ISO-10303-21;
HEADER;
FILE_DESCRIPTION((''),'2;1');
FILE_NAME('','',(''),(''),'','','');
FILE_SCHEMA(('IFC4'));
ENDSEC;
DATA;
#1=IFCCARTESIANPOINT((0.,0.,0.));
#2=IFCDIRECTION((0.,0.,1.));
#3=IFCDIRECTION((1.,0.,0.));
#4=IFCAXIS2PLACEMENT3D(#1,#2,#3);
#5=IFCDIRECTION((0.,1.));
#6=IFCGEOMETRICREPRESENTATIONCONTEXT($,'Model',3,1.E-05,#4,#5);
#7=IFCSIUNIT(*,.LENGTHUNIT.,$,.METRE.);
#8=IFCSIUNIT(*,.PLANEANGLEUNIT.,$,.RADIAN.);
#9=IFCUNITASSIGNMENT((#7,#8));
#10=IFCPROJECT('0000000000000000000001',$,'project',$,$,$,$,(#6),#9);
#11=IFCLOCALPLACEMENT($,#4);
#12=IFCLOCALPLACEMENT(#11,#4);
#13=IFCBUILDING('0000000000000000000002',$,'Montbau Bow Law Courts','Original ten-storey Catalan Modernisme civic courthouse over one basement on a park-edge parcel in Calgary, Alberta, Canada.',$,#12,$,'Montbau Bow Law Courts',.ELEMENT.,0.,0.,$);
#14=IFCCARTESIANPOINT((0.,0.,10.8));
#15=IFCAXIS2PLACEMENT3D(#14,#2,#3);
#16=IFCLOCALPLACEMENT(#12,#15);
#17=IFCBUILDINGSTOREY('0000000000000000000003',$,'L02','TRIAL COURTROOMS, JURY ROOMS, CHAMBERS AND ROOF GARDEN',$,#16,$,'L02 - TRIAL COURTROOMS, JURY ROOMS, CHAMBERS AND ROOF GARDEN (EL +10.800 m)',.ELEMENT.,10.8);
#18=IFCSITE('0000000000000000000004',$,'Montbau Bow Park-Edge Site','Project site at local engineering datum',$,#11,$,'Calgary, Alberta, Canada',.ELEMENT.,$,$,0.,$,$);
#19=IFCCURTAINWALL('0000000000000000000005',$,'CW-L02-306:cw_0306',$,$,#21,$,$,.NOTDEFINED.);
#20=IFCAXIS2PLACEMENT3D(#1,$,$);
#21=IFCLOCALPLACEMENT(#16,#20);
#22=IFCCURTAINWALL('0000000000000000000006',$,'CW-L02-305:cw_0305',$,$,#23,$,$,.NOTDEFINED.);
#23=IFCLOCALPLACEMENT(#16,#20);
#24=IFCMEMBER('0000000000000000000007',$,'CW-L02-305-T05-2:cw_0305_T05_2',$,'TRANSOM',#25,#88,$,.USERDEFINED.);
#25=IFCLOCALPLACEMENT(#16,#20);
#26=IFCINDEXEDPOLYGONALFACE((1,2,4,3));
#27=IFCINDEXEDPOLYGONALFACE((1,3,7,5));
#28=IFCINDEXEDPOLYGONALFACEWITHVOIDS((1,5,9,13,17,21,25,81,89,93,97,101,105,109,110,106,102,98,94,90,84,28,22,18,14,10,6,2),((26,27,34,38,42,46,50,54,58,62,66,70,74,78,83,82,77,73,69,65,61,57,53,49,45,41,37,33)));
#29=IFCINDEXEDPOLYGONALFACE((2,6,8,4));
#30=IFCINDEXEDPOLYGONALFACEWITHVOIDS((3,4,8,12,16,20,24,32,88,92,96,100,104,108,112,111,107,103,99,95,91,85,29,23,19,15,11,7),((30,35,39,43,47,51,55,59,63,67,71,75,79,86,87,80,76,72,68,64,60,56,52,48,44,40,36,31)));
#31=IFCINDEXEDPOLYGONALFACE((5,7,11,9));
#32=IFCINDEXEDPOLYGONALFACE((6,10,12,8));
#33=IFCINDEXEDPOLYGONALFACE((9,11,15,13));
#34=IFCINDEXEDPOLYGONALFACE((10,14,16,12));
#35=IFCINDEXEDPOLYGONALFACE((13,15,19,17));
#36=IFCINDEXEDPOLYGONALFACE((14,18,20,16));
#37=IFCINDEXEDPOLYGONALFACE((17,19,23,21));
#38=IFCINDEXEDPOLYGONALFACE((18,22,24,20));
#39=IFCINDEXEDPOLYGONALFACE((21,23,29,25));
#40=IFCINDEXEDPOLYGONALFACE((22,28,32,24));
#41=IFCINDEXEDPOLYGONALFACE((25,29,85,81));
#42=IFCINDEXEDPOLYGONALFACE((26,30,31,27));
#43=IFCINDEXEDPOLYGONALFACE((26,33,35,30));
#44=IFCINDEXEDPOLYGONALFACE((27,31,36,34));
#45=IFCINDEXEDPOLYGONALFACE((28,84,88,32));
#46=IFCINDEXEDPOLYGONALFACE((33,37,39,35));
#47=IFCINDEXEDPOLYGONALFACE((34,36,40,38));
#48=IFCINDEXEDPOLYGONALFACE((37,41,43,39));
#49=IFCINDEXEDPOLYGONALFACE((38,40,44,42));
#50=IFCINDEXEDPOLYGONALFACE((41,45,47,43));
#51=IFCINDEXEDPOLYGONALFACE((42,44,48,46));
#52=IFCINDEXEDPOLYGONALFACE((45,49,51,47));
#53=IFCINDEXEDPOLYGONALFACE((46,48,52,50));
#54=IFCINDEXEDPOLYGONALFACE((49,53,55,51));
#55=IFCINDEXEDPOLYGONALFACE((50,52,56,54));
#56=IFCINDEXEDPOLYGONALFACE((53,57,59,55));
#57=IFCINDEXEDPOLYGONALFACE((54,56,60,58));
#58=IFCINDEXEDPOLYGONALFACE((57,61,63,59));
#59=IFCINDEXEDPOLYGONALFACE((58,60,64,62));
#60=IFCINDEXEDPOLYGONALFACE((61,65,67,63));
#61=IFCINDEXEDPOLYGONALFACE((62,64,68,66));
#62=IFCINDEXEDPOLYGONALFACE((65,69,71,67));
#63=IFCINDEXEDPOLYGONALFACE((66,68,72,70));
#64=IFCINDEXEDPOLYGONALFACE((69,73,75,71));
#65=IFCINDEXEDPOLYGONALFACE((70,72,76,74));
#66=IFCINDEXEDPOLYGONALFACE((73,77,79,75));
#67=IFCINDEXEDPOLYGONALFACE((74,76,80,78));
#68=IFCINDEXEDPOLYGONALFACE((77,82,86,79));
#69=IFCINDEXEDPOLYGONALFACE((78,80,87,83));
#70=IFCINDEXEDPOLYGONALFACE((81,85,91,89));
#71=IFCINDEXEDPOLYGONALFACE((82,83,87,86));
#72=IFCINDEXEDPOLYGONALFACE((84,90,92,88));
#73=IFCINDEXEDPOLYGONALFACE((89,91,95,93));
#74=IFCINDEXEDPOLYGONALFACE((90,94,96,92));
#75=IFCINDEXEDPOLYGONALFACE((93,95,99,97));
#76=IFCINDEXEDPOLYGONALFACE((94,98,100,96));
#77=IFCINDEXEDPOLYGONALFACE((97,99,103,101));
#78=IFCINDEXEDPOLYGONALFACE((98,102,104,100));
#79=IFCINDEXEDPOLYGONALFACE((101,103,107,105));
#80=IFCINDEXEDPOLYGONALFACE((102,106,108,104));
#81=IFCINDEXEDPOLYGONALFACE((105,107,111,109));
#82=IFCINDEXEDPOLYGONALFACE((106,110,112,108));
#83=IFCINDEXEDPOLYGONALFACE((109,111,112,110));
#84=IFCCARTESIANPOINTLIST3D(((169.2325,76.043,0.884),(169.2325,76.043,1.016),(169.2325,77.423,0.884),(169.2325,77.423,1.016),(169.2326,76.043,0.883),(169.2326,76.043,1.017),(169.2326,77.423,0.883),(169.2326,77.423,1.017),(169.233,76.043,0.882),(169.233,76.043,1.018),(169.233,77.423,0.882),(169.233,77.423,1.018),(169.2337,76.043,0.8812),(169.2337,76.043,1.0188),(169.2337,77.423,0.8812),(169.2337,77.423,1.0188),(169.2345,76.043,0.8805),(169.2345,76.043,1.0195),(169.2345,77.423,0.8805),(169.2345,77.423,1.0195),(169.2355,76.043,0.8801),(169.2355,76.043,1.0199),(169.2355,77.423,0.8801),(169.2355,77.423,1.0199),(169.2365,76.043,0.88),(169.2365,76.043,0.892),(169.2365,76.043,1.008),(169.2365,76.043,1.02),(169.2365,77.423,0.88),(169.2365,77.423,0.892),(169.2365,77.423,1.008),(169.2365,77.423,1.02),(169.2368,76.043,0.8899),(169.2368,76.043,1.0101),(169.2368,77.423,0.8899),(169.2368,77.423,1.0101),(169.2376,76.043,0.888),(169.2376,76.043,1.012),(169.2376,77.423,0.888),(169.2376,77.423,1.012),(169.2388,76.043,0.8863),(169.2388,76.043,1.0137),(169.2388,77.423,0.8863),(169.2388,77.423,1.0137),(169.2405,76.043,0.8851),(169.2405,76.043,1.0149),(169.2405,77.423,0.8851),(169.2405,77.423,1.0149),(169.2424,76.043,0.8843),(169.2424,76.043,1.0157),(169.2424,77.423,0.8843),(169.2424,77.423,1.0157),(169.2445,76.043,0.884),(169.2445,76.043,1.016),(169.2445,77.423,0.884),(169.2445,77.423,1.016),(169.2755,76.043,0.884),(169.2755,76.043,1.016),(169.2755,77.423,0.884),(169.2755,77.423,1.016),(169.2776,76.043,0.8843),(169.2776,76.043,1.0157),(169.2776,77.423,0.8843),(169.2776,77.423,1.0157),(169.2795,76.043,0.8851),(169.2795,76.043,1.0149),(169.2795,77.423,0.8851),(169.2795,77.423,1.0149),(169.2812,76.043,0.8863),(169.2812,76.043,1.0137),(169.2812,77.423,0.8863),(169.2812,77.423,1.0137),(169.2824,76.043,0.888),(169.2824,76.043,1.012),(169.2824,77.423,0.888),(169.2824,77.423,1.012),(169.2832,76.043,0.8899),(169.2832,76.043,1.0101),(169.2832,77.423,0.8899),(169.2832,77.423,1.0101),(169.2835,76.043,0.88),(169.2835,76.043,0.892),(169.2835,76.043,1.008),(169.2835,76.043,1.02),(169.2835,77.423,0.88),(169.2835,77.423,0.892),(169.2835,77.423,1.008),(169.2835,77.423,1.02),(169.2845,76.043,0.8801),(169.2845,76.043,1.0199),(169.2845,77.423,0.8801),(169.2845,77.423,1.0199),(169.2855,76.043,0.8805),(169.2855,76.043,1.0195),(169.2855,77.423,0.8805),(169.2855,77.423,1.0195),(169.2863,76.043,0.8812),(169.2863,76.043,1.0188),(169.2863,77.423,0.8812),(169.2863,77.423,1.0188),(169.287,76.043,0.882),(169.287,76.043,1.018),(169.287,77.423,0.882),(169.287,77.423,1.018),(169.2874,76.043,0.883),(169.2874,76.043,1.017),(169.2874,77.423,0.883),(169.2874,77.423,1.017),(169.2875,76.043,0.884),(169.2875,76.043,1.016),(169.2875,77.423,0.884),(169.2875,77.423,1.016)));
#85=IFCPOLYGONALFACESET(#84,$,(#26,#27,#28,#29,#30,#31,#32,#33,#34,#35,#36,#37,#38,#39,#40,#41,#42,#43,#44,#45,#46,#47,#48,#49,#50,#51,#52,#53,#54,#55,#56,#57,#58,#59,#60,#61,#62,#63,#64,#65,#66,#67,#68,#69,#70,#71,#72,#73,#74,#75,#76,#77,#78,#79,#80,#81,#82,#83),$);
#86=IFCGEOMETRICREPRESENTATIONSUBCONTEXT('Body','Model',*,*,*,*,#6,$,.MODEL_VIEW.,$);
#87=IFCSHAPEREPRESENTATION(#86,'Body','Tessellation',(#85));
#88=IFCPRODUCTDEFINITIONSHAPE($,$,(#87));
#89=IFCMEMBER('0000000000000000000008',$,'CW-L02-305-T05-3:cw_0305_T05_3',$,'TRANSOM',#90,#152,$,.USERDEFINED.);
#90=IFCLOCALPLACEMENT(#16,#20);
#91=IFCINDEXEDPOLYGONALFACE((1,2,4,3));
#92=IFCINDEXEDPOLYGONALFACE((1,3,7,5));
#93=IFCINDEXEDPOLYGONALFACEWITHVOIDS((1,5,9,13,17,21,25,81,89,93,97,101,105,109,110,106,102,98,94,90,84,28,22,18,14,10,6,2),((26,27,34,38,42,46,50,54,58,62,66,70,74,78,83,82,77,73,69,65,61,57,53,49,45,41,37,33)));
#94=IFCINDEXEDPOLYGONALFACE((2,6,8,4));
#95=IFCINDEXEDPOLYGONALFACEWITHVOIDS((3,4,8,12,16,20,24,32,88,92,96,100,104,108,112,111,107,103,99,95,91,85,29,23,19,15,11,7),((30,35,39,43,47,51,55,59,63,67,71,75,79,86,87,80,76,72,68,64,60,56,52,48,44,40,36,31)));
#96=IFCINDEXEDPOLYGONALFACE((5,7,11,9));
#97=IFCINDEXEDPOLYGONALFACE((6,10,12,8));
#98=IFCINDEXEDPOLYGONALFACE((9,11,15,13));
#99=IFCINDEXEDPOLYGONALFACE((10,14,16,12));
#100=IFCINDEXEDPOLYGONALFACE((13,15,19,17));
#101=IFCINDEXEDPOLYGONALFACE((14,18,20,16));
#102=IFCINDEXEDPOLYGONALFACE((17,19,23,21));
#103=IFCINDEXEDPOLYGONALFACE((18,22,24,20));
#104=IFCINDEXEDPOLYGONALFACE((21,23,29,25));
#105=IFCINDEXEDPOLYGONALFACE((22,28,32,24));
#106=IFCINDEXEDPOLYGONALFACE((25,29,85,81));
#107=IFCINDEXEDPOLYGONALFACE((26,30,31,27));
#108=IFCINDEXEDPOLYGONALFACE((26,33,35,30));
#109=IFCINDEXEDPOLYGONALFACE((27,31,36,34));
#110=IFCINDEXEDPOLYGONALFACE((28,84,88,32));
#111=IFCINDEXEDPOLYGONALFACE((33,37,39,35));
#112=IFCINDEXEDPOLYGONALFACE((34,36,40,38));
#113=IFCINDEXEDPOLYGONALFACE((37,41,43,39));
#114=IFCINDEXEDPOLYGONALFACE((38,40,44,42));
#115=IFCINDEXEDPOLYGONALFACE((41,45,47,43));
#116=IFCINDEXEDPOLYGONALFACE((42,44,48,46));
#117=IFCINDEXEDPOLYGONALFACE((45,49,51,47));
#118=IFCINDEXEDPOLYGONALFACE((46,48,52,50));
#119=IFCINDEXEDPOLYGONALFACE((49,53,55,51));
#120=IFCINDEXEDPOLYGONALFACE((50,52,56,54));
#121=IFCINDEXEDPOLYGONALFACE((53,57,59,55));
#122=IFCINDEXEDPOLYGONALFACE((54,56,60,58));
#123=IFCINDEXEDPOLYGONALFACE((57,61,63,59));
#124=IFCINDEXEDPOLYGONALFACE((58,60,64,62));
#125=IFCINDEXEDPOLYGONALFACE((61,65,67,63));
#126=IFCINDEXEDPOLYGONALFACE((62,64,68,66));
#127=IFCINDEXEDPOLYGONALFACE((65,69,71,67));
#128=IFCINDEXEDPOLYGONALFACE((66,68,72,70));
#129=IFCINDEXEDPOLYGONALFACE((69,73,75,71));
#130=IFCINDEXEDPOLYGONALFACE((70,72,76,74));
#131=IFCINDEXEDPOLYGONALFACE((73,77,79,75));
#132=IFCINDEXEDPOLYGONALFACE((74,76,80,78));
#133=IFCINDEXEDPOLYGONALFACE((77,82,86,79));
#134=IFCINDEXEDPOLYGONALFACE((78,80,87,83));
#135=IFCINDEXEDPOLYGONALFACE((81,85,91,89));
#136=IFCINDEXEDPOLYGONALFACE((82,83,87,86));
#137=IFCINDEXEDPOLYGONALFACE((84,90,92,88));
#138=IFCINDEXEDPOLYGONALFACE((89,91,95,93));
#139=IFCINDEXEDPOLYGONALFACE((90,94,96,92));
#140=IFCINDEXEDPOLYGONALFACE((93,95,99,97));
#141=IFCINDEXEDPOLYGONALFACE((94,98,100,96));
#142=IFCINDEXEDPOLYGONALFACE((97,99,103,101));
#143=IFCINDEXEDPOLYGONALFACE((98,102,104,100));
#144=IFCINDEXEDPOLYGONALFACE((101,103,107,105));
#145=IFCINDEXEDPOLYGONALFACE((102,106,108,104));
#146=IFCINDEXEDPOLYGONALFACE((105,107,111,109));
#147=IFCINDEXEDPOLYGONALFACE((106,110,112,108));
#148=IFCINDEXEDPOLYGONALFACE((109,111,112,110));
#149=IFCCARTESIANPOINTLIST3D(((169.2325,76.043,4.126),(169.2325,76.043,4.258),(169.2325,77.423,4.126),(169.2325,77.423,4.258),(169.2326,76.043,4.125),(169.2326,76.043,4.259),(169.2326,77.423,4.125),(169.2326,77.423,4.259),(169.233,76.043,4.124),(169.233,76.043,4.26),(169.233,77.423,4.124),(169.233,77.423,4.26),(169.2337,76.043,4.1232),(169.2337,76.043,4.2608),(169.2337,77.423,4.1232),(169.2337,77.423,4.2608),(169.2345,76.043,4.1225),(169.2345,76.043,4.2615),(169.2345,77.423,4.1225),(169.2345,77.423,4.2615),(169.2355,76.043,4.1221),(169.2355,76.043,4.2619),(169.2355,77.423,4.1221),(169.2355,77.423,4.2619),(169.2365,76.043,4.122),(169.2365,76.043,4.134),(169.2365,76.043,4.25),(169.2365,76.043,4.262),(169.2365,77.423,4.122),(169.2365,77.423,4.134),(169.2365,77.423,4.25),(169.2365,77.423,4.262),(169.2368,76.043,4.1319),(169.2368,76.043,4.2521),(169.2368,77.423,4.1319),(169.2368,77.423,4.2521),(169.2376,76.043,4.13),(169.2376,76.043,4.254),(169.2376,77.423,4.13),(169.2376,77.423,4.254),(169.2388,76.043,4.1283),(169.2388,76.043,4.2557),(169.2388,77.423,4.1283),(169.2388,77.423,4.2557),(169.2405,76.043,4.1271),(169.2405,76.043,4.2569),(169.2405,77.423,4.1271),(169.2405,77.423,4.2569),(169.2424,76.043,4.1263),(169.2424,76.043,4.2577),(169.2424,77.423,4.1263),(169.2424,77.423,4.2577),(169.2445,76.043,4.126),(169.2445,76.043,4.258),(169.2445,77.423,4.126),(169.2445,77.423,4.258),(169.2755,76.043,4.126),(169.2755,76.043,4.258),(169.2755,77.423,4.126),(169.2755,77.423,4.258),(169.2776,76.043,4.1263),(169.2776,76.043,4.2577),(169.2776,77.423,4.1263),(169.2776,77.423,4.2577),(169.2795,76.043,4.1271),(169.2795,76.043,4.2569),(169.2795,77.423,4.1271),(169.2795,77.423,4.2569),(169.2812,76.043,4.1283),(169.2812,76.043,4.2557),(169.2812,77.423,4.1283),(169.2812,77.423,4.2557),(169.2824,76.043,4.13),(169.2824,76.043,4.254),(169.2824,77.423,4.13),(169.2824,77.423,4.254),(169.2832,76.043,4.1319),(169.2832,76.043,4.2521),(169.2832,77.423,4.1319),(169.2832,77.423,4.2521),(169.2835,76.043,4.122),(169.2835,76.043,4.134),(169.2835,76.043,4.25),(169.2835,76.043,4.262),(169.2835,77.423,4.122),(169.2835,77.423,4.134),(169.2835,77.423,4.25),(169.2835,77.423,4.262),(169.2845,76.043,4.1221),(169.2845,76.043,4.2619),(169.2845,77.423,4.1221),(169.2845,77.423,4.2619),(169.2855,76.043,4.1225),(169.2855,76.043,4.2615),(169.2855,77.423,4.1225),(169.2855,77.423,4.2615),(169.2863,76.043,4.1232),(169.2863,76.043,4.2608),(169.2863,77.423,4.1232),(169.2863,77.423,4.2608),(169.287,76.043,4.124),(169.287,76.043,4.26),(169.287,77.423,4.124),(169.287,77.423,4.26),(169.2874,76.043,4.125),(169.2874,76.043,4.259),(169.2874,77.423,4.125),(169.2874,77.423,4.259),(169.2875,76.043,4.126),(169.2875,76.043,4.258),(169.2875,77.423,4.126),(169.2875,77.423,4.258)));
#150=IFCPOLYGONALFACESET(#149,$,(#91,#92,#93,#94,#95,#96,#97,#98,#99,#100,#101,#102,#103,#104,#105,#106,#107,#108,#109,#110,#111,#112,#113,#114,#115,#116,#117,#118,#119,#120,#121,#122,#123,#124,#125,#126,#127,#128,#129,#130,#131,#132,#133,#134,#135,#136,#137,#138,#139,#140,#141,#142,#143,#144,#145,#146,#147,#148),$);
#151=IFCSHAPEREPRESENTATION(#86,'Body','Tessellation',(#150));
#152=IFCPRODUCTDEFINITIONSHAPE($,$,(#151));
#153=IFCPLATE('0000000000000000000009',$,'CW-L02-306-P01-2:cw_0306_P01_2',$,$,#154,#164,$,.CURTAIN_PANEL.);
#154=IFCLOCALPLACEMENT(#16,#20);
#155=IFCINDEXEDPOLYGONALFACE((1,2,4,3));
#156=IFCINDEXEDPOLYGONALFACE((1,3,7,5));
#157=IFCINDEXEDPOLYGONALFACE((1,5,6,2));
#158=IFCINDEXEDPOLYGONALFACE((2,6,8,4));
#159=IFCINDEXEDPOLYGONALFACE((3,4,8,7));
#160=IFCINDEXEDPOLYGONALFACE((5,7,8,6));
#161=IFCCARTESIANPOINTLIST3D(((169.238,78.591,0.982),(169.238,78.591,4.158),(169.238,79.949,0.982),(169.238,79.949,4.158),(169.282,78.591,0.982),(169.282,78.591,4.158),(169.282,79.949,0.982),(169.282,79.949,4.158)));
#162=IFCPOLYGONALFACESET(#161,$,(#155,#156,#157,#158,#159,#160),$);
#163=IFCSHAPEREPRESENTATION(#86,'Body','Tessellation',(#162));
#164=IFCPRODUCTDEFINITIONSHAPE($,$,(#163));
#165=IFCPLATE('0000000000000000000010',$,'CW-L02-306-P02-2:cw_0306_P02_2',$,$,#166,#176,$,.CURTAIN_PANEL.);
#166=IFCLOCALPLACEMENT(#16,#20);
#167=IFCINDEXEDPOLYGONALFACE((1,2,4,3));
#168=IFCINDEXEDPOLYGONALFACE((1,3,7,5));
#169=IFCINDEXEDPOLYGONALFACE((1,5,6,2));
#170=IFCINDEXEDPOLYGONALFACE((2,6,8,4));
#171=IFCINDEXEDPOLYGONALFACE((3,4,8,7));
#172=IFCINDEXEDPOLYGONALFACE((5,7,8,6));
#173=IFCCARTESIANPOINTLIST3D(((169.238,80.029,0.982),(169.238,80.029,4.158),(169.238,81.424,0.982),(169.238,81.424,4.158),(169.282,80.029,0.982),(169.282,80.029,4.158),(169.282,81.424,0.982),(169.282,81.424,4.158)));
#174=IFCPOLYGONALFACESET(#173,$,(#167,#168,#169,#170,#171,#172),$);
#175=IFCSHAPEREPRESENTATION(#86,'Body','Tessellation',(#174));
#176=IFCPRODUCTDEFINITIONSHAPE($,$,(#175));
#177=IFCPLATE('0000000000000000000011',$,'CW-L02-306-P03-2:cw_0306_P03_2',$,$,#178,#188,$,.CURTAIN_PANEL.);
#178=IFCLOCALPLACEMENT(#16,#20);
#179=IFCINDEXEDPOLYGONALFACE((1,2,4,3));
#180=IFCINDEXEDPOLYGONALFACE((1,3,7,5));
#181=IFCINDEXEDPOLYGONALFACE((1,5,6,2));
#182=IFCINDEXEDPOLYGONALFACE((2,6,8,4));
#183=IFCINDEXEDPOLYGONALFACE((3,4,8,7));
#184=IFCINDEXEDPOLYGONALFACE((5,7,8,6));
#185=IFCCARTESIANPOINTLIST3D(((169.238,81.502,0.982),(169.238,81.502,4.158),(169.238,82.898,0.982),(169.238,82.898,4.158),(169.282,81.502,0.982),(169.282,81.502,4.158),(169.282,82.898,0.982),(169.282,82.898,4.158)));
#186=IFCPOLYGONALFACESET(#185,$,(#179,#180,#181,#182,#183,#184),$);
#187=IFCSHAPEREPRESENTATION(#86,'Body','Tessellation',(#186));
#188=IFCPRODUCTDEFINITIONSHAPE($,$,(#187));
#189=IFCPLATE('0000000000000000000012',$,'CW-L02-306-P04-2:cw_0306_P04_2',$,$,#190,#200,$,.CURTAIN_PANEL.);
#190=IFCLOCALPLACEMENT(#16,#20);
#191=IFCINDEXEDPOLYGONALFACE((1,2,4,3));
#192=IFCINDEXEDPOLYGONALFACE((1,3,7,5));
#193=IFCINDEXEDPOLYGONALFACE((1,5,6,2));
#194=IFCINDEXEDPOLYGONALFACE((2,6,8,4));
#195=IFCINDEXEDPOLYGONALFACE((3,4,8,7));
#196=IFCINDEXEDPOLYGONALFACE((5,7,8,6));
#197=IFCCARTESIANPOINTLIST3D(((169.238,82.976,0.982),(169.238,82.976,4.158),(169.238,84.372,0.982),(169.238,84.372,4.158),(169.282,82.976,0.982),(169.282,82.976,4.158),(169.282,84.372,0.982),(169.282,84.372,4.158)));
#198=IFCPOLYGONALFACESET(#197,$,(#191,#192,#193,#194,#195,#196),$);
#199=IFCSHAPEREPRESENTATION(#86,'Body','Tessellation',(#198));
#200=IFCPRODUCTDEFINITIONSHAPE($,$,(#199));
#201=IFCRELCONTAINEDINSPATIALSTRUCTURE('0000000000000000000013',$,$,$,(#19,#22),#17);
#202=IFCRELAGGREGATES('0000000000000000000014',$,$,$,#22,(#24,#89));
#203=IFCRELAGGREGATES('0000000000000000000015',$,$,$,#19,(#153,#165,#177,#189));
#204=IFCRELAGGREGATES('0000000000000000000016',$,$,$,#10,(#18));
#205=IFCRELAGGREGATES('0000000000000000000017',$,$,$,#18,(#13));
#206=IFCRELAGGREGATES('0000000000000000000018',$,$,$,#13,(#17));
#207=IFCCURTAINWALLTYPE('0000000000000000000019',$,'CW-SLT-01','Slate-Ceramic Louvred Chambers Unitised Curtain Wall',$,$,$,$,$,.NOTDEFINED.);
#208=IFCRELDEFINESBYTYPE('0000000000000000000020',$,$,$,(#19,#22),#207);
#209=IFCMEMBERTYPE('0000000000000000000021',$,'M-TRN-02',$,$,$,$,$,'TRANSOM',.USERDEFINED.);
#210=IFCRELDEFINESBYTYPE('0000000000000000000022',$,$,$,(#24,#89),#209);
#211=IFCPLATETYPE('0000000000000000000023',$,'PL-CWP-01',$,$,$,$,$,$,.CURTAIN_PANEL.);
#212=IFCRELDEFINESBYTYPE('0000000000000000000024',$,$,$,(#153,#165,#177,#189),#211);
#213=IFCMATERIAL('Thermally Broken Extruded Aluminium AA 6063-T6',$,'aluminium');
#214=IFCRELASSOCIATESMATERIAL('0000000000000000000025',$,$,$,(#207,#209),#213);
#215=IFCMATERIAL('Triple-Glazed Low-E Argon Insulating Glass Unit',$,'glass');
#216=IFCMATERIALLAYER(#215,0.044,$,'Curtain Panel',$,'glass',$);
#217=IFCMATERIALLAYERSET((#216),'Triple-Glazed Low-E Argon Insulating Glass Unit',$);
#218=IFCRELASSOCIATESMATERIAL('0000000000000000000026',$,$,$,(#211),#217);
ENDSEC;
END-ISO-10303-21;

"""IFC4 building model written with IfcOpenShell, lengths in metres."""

from ifc_helpers import new_model, si_unit, direction, frame, frame_2d, origin_with_axes, origin_2d_with_axis, place, context, subcontext, project, spatial, rectangle, hollow_rectangle, extrude, material, layer, layer_set, material_profile, profile_set, type_object, element, aggregate, save


model = new_model("IFC4")

# Units and contexts
model_context = context("Model", 3, precision=1e-05, world=origin_with_axes(), true_north=direction((0.0, 1.0)))
body_context = subcontext(model_context, "Body", "Model", "MODEL_VIEW")
ifc_project = project(units=[si_unit("LENGTHUNIT", "METRE"), si_unit("PLANEANGLEUNIT", "RADIAN")], contexts=[model_context])

# Site, building, storey
site_placement = place(None, origin_with_axes())
site = spatial("IfcSite", under=ifc_project, at=site_placement, Name="Montbau Bow Park-Edge Site", Description="Project site at local engineering datum", LongName="Calgary, Alberta, Canada", CompositionType="ELEMENT", RefElevation=0.0)
building_placement = place(site_placement, origin_with_axes())
building = spatial("IfcBuilding", under=site, at=building_placement, Name="Montbau Bow Law Courts", Description="Original ten-storey Catalan Modernisme civic courthouse over one basement on a park-edge parcel in Calgary, Alberta, Canada.", LongName="Montbau Bow Law Courts", CompositionType="ELEMENT", ElevationOfRefHeight=0.0, ElevationOfTerrain=0.0)
storey_placement = place(building_placement, frame((0.0, 0.0, 10.8), z_axis=(0.0, 0.0, 1.0), x_axis=(1.0, 0.0, 0.0)))
storey = spatial("IfcBuildingStorey", under=building, at=storey_placement, Name="L02", Description="TRIAL COURTROOMS, JURY ROOMS, CHAMBERS AND ROOF GARDEN", LongName="L02 - TRIAL COURTROOMS, JURY ROOMS, CHAMBERS AND ROOF GARDEN (EL +10.800 m)", CompositionType="ELEMENT", Elevation=10.8)

# Curtain wall
ifc_material_1 = material(Name="Thermally Broken Extruded Aluminium AA 6063-T6", Category="aluminium")
curtain_wall_type = type_object("IfcCurtainWallType", Name="CW-SLT-01", Description="Slate-Ceramic Louvred Chambers Unitised Curtain Wall", PredefinedType="NOTDEFINED", material=ifc_material_1)
curtain_wall_1_placement = place(None, frame((169.26, 78.515, 10.8), z_axis=(0.0, 0.0, 1.0), x_axis=(1.0, 0.0, 0.0)))
curtain_wall_1 = element("IfcCurtainWall", 1, at=curtain_wall_1_placement, inside=storey, type_object=curtain_wall_type, Name="CW-L02-306:cw_0306", PredefinedType="NOTDEFINED")

# Curtain wall
curtain_wall_2_placement = place(None, frame((169.26, 70.115, 10.8), z_axis=(0.0, 0.0, 1.0), x_axis=(1.0, 0.0, 0.0)))
curtain_wall_2 = element("IfcCurtainWall", 2, at=curtain_wall_2_placement, inside=storey, type_object=curtain_wall_type, Name="CW-L02-305:cw_0305", PredefinedType="NOTDEFINED")

# Members
ifc_material_profile_1 = material_profile(ifc_material_1, hollow_rectangle(XDim=0.055, YDim=0.14, WallThickness=0.004, InnerFilletRadius=0.008, OuterFilletRadius=0.004, at=origin_2d_with_axis()), Name="CWT-140X55", Category="Main", Priority=0)
ifc_profile_set_1 = profile_set([ifc_material_profile_1], Name="Thermally Broken Extruded Aluminium AA 6063-T6")
member_type_1 = type_object("IfcMemberType", Name="M-TRN-02", ElementType="TRANSOM", PredefinedType="USERDEFINED", material=ifc_profile_set_1)
member_1_placement = place(None, frame((169.26, 76.043, 11.75), z_axis=(0.0, 1.0, 0.0), x_axis=(-1.0, 0.0, 0.0)))
member_1 = element("IfcMember", 3, at=member_1_placement, type_object=member_type_1, Name="CW-L02-305-T05-2:cw_0305_T05_2", ObjectType="TRANSOM", PredefinedType="USERDEFINED", context=body_context, shape_type="SweptSolid", body=[
    extrude(hollow_rectangle(XDim=0.055, YDim=0.14, WallThickness=0.004, InnerFilletRadius=0.008, OuterFilletRadius=0.004, at=origin_2d_with_axis()), origin_with_axes(), (0.0, 0.0, 1.0), 1.38),
])
member_2_placement = place(None, frame((169.26, 76.043, 14.992), z_axis=(0.0, 1.0, 0.0), x_axis=(-1.0, 0.0, 0.0)))
member_2 = element("IfcMember", 4, at=member_2_placement, type_object=member_type_1, Name="CW-L02-305-T05-3:cw_0305_T05_3", ObjectType="TRANSOM", PredefinedType="USERDEFINED", context=body_context, shape_type="SweptSolid", body=[
    extrude(hollow_rectangle(XDim=0.055, YDim=0.14, WallThickness=0.004, InnerFilletRadius=0.008, OuterFilletRadius=0.004, at=origin_2d_with_axis()), origin_with_axes(), (0.0, 0.0, 1.0), 1.38),
])
aggregate(curtain_wall_2, [member_1, member_2])

# Plates
ifc_material_2 = material(Name="Triple-Glazed Low-E Argon Insulating Glass Unit", Category="glass")
ifc_layer_1 = layer(ifc_material_2, 0.044, Name="Curtain Panel", Category="glass")
ifc_layer_set_1 = layer_set([ifc_layer_1], Name="Triple-Glazed Low-E Argon Insulating Glass Unit")
plate_type_1 = type_object("IfcPlateType", Name="PL-CWP-01", PredefinedType="CURTAIN_PANEL", material=ifc_layer_set_1)
plate_1_placement = place(None, frame((169.26, 78.591, 11.782), z_axis=(1.0, 0.0, 0.0), x_axis=(0.0, 1.0, 0.0)))
plate_1 = element("IfcPlate", 5, at=plate_1_placement, type_object=plate_type_1, Name="CW-L02-306-P01-2:cw_0306_P01_2", PredefinedType="CURTAIN_PANEL", context=body_context, shape_type="SweptSolid", body=[
    extrude(rectangle(XDim=1.358, YDim=3.176, at=frame_2d((0.679, 1.588), x_axis=(1.0, 0.0))), frame((0.0, 0.0, -0.022), z_axis=(0.0, 0.0, 1.0), x_axis=(1.0, 0.0, 0.0)), (0.0, 0.0, 1.0), 0.044),
])
plate_2_placement = place(None, frame((169.26, 80.029, 11.782), z_axis=(1.0, 0.0, 0.0), x_axis=(0.0, 1.0, 0.0)))
plate_2 = element("IfcPlate", 6, at=plate_2_placement, type_object=plate_type_1, Name="CW-L02-306-P02-2:cw_0306_P02_2", PredefinedType="CURTAIN_PANEL", context=body_context, shape_type="SweptSolid", body=[
    extrude(rectangle(XDim=1.395, YDim=3.176, at=frame_2d((0.6975, 1.588), x_axis=(1.0, 0.0))), frame((0.0, 0.0, -0.022), z_axis=(0.0, 0.0, 1.0), x_axis=(1.0, 0.0, 0.0)), (0.0, 0.0, 1.0), 0.044),
])
plate_3_placement = place(None, frame((169.26, 81.502, 11.782), z_axis=(1.0, 0.0, 0.0), x_axis=(0.0, 1.0, 0.0)))
plate_3 = element("IfcPlate", 7, at=plate_3_placement, type_object=plate_type_1, Name="CW-L02-306-P03-2:cw_0306_P03_2", PredefinedType="CURTAIN_PANEL", context=body_context, shape_type="SweptSolid", body=[
    extrude(rectangle(XDim=1.396, YDim=3.176, at=frame_2d((0.698, 1.588), x_axis=(1.0, 0.0))), frame((0.0, 0.0, -0.022), z_axis=(0.0, 0.0, 1.0), x_axis=(1.0, 0.0, 0.0)), (0.0, 0.0, 1.0), 0.044),
])
plate_4_placement = place(None, frame((169.26, 82.976, 11.782), z_axis=(1.0, 0.0, 0.0), x_axis=(0.0, 1.0, 0.0)))
plate_4 = element("IfcPlate", 8, at=plate_4_placement, type_object=plate_type_1, Name="CW-L02-306-P04-2:cw_0306_P04_2", PredefinedType="CURTAIN_PANEL", context=body_context, shape_type="SweptSolid", body=[
    extrude(rectangle(XDim=1.396, YDim=3.176, at=frame_2d((0.698, 1.588), x_axis=(1.0, 0.0))), frame((0.0, 0.0, -0.022), z_axis=(0.0, 0.0, 1.0), x_axis=(1.0, 0.0, 0.0)), (0.0, 0.0, 1.0), 0.044),
])
aggregate(curtain_wall_1, [plate_1, plate_2, plate_3, plate_4])

save(model, "model.ifc")
